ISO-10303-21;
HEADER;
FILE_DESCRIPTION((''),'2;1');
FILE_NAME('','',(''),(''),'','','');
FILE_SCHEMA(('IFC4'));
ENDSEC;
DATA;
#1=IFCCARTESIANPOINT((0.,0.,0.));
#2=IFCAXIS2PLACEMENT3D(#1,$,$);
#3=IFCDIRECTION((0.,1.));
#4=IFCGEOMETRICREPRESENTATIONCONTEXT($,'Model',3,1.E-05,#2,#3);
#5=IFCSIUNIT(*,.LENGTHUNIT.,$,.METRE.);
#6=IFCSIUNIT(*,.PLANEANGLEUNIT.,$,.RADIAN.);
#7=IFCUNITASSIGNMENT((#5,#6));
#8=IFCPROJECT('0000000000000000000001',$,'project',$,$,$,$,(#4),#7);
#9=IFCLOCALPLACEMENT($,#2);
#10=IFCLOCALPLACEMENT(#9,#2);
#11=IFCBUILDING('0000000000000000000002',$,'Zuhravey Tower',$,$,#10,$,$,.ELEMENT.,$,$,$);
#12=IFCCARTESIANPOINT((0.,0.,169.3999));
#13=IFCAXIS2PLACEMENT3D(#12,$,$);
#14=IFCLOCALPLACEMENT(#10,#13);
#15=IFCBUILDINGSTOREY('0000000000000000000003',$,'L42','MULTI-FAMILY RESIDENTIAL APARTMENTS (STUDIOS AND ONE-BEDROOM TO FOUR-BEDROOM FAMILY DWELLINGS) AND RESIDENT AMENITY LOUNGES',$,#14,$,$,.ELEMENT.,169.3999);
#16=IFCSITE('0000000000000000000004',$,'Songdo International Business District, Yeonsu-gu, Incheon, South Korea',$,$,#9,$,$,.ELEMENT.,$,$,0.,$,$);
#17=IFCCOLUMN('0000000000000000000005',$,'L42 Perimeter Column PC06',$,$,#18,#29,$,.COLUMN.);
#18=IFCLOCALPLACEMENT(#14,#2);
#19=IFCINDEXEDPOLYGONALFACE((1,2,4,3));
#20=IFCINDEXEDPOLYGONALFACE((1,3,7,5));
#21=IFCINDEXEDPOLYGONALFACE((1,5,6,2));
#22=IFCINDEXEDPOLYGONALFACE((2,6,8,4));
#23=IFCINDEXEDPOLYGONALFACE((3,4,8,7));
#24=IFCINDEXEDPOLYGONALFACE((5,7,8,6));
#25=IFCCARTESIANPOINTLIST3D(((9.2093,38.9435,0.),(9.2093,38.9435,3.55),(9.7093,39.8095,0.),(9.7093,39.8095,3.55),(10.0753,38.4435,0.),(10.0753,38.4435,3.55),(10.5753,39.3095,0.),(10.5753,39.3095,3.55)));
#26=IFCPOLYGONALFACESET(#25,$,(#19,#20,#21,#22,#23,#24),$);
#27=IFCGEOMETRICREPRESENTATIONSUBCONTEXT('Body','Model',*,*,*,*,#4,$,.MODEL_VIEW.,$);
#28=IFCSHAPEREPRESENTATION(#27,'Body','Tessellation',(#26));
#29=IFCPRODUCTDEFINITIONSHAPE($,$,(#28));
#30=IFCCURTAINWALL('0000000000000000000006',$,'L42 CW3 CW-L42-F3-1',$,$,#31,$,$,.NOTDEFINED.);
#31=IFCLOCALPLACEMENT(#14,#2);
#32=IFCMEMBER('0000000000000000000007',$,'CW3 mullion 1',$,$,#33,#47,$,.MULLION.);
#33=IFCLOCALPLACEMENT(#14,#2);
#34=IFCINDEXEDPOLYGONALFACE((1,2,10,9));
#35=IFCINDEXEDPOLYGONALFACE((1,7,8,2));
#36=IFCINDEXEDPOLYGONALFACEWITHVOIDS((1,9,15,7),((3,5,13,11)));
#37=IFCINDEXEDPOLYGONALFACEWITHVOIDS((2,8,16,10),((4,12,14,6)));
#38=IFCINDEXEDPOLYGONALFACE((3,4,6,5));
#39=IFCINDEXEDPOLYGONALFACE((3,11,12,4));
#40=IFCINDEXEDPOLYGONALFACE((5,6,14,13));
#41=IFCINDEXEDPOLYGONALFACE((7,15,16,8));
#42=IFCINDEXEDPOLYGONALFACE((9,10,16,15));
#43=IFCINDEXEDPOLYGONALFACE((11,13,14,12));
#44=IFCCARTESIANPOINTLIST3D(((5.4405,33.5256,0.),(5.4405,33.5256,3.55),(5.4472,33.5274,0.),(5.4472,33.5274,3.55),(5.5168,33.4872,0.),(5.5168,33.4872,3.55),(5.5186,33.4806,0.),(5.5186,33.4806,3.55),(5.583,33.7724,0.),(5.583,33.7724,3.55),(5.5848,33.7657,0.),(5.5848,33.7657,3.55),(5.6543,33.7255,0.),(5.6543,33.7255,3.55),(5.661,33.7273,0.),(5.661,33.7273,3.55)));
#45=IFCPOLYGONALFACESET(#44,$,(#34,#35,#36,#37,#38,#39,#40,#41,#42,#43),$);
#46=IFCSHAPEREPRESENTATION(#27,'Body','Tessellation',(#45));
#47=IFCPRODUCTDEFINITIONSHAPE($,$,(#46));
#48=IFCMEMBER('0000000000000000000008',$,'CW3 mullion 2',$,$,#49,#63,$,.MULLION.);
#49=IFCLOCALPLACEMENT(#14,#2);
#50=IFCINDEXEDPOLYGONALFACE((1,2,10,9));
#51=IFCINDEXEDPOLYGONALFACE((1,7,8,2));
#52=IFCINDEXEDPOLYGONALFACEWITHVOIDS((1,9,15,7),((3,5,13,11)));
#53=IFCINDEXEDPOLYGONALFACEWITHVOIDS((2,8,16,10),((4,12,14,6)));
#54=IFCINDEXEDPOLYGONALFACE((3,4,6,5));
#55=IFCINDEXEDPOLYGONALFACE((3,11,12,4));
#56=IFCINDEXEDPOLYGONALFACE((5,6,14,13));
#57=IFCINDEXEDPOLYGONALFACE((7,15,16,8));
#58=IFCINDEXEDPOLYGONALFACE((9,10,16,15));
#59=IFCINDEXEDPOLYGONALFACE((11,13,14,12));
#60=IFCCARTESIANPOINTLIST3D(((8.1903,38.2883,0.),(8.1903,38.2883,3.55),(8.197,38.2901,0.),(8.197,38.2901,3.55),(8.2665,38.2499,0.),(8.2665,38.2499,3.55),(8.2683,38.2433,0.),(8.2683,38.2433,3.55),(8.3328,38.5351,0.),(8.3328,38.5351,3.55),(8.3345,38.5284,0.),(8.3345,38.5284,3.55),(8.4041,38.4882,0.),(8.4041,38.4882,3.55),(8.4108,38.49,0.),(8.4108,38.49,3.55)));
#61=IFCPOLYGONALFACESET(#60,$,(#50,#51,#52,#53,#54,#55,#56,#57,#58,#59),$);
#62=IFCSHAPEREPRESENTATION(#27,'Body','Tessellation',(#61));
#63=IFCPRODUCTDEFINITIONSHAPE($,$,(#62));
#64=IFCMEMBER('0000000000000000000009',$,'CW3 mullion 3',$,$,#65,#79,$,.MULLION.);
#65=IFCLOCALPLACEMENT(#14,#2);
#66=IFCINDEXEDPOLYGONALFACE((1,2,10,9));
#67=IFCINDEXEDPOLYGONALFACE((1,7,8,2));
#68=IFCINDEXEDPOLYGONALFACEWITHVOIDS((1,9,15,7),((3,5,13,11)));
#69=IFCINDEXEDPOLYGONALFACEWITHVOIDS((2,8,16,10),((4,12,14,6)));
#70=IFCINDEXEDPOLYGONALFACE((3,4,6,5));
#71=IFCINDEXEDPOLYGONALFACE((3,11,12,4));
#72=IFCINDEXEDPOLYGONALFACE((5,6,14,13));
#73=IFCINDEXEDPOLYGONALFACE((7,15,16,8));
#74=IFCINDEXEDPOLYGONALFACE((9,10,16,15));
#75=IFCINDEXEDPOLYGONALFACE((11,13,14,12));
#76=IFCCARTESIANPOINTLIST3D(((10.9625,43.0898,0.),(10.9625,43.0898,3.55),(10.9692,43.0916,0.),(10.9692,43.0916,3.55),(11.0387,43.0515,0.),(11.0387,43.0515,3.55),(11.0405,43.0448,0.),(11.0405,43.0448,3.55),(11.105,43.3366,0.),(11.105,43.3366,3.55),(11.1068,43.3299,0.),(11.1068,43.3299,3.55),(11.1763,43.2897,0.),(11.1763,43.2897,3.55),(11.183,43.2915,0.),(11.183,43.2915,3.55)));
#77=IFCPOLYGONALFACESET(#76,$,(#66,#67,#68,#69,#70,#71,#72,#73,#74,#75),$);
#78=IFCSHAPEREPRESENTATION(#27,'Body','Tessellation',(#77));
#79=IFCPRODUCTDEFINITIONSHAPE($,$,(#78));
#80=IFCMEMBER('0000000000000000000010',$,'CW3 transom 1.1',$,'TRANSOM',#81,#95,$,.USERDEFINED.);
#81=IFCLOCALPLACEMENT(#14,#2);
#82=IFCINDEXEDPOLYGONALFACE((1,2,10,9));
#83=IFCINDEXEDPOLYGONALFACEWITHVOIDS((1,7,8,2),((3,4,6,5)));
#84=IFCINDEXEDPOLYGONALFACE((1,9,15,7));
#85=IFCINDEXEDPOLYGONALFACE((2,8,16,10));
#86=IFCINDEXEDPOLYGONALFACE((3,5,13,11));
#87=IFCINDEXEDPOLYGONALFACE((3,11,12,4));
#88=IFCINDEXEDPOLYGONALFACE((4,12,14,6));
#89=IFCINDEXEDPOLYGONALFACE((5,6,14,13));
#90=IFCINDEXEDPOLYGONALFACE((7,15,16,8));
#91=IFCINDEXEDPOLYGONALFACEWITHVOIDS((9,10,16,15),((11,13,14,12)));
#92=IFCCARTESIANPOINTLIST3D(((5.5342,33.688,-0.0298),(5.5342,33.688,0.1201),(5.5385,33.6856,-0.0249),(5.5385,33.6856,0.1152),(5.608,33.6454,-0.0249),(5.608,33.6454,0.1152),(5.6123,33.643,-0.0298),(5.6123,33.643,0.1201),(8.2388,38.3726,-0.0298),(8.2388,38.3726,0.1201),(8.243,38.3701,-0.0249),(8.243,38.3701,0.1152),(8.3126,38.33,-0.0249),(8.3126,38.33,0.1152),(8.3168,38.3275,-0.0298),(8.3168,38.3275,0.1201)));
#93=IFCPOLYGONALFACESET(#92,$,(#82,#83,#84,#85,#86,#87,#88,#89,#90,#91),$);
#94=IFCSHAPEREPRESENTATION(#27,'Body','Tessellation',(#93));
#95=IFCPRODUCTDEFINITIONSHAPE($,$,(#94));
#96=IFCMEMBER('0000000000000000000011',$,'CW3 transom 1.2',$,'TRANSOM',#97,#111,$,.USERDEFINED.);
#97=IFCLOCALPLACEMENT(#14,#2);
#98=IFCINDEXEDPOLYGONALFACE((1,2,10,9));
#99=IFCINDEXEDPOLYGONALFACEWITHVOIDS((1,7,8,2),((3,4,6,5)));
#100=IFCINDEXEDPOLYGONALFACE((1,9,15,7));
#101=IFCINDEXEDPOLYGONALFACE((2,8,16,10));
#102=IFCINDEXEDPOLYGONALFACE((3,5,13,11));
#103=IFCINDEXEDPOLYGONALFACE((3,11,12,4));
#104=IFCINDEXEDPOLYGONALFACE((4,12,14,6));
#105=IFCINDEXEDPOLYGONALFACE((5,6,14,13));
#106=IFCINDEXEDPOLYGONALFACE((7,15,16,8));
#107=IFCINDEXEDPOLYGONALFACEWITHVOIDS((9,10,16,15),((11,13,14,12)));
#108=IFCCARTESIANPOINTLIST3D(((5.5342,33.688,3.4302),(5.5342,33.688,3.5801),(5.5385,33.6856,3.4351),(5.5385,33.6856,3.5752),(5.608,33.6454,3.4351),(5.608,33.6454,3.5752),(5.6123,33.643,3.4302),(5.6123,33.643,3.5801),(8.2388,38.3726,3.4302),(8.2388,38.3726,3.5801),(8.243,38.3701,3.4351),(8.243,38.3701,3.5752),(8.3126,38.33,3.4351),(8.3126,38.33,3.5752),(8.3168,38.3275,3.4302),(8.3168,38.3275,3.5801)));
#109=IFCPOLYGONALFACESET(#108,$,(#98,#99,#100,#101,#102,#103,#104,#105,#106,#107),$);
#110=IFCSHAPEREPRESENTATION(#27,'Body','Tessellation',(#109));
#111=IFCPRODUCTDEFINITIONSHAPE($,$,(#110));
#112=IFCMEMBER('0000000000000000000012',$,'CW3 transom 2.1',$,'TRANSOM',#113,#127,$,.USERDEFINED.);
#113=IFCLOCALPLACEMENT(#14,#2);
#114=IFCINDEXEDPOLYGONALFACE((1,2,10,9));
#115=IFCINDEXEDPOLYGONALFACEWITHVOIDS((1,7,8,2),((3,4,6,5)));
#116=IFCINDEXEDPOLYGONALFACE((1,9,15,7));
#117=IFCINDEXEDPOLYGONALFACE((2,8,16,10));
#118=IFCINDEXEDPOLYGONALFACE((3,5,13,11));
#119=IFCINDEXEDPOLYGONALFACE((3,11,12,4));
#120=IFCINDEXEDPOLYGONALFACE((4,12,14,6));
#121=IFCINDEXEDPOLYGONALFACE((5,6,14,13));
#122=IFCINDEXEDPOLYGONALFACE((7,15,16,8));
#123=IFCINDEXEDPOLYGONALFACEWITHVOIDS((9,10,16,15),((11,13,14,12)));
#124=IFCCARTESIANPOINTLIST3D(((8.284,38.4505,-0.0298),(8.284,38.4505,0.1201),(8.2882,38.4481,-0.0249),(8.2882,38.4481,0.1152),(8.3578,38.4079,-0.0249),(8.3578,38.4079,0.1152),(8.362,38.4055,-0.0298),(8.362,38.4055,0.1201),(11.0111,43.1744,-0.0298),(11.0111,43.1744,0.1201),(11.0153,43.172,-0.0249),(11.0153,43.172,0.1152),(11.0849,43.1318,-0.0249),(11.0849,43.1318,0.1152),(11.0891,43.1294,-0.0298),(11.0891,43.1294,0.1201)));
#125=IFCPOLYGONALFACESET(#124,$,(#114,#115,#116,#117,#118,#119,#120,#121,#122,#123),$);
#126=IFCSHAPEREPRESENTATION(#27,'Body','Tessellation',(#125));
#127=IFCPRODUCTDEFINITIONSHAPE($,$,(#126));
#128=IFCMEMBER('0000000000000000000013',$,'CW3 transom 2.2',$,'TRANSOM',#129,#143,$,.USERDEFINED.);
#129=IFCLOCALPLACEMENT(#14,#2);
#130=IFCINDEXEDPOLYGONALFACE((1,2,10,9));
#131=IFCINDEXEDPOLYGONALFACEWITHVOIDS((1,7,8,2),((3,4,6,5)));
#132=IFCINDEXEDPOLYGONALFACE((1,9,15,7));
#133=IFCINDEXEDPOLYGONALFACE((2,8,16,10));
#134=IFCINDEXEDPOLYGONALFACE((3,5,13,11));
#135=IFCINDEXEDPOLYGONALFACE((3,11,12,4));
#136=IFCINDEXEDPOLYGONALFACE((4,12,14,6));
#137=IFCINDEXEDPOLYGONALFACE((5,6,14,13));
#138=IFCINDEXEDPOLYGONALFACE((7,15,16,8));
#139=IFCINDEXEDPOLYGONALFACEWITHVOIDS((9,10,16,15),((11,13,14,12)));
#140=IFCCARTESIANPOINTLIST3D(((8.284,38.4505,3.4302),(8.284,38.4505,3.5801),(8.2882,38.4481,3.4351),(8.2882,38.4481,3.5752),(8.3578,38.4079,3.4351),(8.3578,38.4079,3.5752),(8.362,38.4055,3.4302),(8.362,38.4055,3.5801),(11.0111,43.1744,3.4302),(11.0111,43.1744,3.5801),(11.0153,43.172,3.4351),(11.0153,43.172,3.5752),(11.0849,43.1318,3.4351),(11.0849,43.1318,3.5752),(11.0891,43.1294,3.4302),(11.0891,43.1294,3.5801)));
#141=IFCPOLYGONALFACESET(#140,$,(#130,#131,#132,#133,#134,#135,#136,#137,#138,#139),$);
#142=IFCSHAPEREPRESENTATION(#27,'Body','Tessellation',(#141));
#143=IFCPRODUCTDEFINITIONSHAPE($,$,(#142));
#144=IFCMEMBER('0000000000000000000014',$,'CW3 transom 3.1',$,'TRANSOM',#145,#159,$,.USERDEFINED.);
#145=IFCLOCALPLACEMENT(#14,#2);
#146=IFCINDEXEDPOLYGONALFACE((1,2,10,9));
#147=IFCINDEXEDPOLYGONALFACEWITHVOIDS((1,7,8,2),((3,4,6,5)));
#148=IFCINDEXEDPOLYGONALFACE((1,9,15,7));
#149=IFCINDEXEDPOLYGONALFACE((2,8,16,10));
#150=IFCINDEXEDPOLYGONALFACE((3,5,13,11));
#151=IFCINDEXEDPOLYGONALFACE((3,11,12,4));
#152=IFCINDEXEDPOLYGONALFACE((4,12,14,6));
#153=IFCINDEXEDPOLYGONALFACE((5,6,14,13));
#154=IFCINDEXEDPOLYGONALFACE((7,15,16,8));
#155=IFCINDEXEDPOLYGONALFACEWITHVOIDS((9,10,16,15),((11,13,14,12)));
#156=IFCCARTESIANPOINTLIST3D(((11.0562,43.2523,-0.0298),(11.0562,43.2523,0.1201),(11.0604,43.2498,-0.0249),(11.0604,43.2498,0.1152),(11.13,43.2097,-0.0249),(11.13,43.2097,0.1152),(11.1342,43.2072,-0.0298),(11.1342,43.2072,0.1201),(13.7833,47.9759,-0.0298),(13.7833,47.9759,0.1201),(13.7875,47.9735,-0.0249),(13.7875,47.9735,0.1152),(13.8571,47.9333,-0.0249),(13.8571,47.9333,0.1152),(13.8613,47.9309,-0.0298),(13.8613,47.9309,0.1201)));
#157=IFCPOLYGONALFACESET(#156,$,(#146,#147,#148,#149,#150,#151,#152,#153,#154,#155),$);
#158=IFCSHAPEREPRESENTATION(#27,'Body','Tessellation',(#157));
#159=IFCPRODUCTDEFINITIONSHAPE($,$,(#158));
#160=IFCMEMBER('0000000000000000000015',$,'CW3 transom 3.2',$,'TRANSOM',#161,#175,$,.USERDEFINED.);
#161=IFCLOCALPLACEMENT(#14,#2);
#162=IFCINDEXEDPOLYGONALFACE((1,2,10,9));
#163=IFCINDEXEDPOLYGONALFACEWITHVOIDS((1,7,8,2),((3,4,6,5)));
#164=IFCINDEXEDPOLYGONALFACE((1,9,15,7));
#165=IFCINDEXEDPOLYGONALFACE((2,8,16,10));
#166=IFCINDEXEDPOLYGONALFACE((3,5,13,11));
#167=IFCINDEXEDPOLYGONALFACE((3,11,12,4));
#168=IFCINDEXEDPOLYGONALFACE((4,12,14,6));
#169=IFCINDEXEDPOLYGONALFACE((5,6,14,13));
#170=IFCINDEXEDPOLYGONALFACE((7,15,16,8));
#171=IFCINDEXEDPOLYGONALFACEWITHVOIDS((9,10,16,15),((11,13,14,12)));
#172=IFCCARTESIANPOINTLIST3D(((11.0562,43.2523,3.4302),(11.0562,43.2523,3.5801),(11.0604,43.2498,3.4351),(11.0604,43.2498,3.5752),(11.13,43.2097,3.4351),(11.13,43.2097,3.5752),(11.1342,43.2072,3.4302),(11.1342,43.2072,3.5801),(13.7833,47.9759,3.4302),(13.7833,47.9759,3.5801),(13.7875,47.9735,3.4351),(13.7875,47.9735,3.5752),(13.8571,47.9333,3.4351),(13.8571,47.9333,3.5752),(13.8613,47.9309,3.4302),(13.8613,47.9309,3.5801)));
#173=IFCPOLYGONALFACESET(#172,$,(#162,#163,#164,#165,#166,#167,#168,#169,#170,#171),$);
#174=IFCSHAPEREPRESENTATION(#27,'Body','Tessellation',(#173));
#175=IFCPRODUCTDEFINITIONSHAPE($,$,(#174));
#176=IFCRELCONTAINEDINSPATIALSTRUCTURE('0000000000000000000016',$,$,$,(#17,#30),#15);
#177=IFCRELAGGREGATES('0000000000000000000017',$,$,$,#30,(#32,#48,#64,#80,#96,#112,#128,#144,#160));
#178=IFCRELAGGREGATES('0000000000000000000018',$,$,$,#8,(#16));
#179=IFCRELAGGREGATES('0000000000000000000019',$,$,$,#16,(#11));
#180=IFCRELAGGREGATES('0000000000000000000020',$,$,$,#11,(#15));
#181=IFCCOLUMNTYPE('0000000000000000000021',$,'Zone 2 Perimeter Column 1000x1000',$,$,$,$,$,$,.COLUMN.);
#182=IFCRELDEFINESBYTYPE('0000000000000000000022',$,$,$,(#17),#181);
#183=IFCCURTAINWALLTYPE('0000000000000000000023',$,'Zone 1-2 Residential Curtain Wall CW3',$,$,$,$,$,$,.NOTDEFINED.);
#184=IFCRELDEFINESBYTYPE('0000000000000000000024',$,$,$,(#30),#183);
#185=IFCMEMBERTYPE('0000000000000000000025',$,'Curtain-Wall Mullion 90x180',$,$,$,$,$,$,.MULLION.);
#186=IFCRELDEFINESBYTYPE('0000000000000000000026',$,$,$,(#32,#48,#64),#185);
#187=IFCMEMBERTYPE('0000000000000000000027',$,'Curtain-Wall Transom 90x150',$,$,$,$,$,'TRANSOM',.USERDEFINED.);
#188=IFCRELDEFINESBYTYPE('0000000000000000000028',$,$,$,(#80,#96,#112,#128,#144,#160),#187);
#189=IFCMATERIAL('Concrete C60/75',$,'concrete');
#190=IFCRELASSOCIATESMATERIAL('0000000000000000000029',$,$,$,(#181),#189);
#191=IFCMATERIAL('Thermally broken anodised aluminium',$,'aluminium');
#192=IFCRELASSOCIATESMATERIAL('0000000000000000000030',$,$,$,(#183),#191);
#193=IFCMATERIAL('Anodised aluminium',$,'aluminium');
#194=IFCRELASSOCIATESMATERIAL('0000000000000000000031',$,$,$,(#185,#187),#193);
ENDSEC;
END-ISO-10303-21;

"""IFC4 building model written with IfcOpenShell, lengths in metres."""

from ifc_helpers import new_model, si_unit, direction, frame, origin, origin_2d, place, context, subcontext, project, spatial, rectangle, hollow_rectangle, extrude, material, material_profile, profile_set, type_object, element, aggregate, save


model = new_model("IFC4")

# Units and contexts
model_context = context("Model", 3, precision=1e-05, world=origin(), true_north=direction((0.0, 1.0)))
body_context = subcontext(model_context, "Body", "Model", "MODEL_VIEW")
ifc_project = project(units=[si_unit("LENGTHUNIT", "METRE"), si_unit("PLANEANGLEUNIT", "RADIAN")], contexts=[model_context])

# Site, building, storey
site_placement = place(None, origin())
site = spatial("IfcSite", under=ifc_project, at=site_placement, Name="Songdo International Business District, Yeonsu-gu, Incheon, South Korea", CompositionType="ELEMENT", RefElevation=0.0)
building_placement = place(site_placement, origin())
building = spatial("IfcBuilding", under=site, at=building_placement, Name="Zuhravey Tower", CompositionType="ELEMENT")
storey_placement = place(building_placement, frame((0.0, 0.0, 169.3999)))
storey = spatial("IfcBuildingStorey", under=building, at=storey_placement, Name="L42", Description="MULTI-FAMILY RESIDENTIAL APARTMENTS (STUDIOS AND ONE-BEDROOM TO FOUR-BEDROOM FAMILY DWELLINGS) AND RESIDENT AMENITY LOUNGES", CompositionType="ELEMENT", Elevation=169.3999)

# Column
ifc_material_1 = material(Name="Concrete C60/75", Category="concrete")
ifc_material_profile_1 = material_profile(ifc_material_1, rectangle(XDim=1.0, YDim=1.0, at=origin_2d()), Name="RC-1000x1000")
ifc_profile_set_1 = profile_set([ifc_material_profile_1], Name="Concrete C60/75")
column_type = type_object("IfcColumnType", Name="Zone 2 Perimeter Column 1000x1000", PredefinedType="COLUMN", material=ifc_profile_set_1)
column_placement = place(storey_placement, frame((9.8923, 39.1265, 0.0), z_axis=(0.0, 0.0, 1.0), x_axis=(-0.5, -0.866025, 0.0)))
element("IfcColumn", 1, at=column_placement, inside=storey, type_object=column_type, Name="L42 Perimeter Column PC06", PredefinedType="COLUMN", context=body_context, shape_type="SweptSolid", body=[
    extrude(rectangle(XDim=1.0, YDim=1.0, at=origin_2d()), origin(), (0.0, 0.0, 1.0), 3.55),
])

# Curtain wall, members
ifc_material_2 = material(Name="Thermally broken anodised aluminium", Category="aluminium")
curtain_wall_type = type_object("IfcCurtainWallType", Name="Zone 1-2 Residential Curtain Wall CW3", PredefinedType="NOTDEFINED", material=ifc_material_2)
curtain_wall_placement = place(storey_placement, origin())
curtain_wall = element("IfcCurtainWall", 2, at=curtain_wall_placement, inside=storey, type_object=curtain_wall_type, Name="L42 CW3 CW-L42-F3-1", PredefinedType="NOTDEFINED")
ifc_material_3 = material(Name="Anodised aluminium", Category="aluminium")
ifc_material_profile_2 = material_profile(ifc_material_3, hollow_rectangle(XDim=0.0901, YDim=0.2849, WallThickness=0.0049, at=origin_2d()), Name="ALU-RHS-90x285x5")
ifc_profile_set_2 = profile_set([ifc_material_profile_2], Name="Anodised aluminium")
member_type_1 = type_object("IfcMemberType", Name="Curtain-Wall Mullion 90x180", PredefinedType="MULLION", material=ifc_profile_set_2)
member_1_placement = place(storey_placement, frame((5.5508, 33.6265, 0.0), z_axis=(0.0, 0.0, 1.0), x_axis=(-0.866025, 0.5, 0.0)))
member_1 = element("IfcMember", 3, at=member_1_placement, type_object=member_type_1, Name="CW3 mullion 1", PredefinedType="MULLION", context=body_context, shape_type="SweptSolid", body=[
    extrude(hollow_rectangle(XDim=0.0901, YDim=0.2849, WallThickness=0.0049, at=origin_2d()), origin(), (0.0, 0.0, 1.0), 3.55),
])
member_2_placement = place(storey_placement, frame((8.3005, 38.3892, 0.0), z_axis=(0.0, 0.0, 1.0), x_axis=(-0.866025, 0.5, 0.0)))
member_2 = element("IfcMember", 4, at=member_2_placement, type_object=member_type_1, Name="CW3 mullion 2", PredefinedType="MULLION", context=body_context, shape_type="SweptSolid", body=[
    extrude(hollow_rectangle(XDim=0.0901, YDim=0.2849, WallThickness=0.0049, at=origin_2d()), origin(), (0.0, 0.0, 1.0), 3.55),
])
member_3_placement = place(storey_placement, frame((11.0728, 43.1907, 0.0), z_axis=(0.0, 0.0, 1.0), x_axis=(-0.866025, 0.5, 0.0)))
member_3 = element("IfcMember", 5, at=member_3_placement, type_object=member_type_1, Name="CW3 mullion 3", PredefinedType="MULLION", context=body_context, shape_type="SweptSolid", body=[
    extrude(hollow_rectangle(XDim=0.0901, YDim=0.2849, WallThickness=0.0049, at=origin_2d()), origin(), (0.0, 0.0, 1.0), 3.55),
])
ifc_material_profile_3 = material_profile(ifc_material_3, hollow_rectangle(XDim=0.0901, YDim=0.1499, WallThickness=0.0049, at=origin_2d()), Name="ALU-RHS-90x150x5")
ifc_profile_set_3 = profile_set([ifc_material_profile_3], Name="Anodised aluminium")
member_type_2 = type_object("IfcMemberType", Name="Curtain-Wall Transom 90x150", ElementType="TRANSOM", PredefinedType="USERDEFINED", material=ifc_profile_set_3)
member_4_placement = place(storey_placement, frame((5.5732, 33.6655, 0.0452), z_axis=(0.499993, 0.866029, 0.0), x_axis=(-0.866029, 0.499993, 0.0)))
member_4 = element("IfcMember", 6, at=member_4_placement, type_object=member_type_2, Name="CW3 transom 1.1", ObjectType="TRANSOM", PredefinedType="USERDEFINED", context=body_context, shape_type="SweptSolid", body=[
    extrude(hollow_rectangle(XDim=0.0901, YDim=0.1499, WallThickness=0.0049, at=origin_2d()), origin(), (0.0, 0.0, 1.0), 5.4092),
])
member_5_placement = place(storey_placement, frame((5.5732, 33.6655, 3.5051), z_axis=(0.499993, 0.866029, 0.0), x_axis=(-0.866029, 0.499993, 0.0)))
member_5 = element("IfcMember", 7, at=member_5_placement, type_object=member_type_2, Name="CW3 transom 1.2", ObjectType="TRANSOM", PredefinedType="USERDEFINED", context=body_context, shape_type="SweptSolid", body=[
    extrude(hollow_rectangle(XDim=0.0901, YDim=0.1499, WallThickness=0.0049, at=origin_2d()), origin(), (0.0, 0.0, 1.0), 5.4092),
])
member_6_placement = place(storey_placement, frame((8.323, 38.428, 0.0452), z_axis=(0.499961, 0.866048, 0.0), x_axis=(-0.866048, 0.499961, 0.0)))
member_6 = element("IfcMember", 8, at=member_6_placement, type_object=member_type_2, Name="CW3 transom 2.1", ObjectType="TRANSOM", PredefinedType="USERDEFINED", context=body_context, shape_type="SweptSolid", body=[
    extrude(hollow_rectangle(XDim=0.0901, YDim=0.1499, WallThickness=0.0049, at=origin_2d()), origin(), (0.0, 0.0, 1.0), 5.4546),
])
member_7_placement = place(storey_placement, frame((8.323, 38.428, 3.5051), z_axis=(0.499961, 0.866048, 0.0), x_axis=(-0.866048, 0.499961, 0.0)))
member_7 = element("IfcMember", 9, at=member_7_placement, type_object=member_type_2, Name="CW3 transom 2.2", ObjectType="TRANSOM", PredefinedType="USERDEFINED", context=body_context, shape_type="SweptSolid", body=[
    extrude(hollow_rectangle(XDim=0.0901, YDim=0.1499, WallThickness=0.0049, at=origin_2d()), origin(), (0.0, 0.0, 1.0), 5.4546),
])
member_8_placement = place(storey_placement, frame((11.0952, 43.2297, 0.0452), z_axis=(0.499981, 0.866037, 0.0), x_axis=(-0.866037, 0.499981, 0.0)))
member_8 = element("IfcMember", 10, at=member_8_placement, type_object=member_type_2, Name="CW3 transom 3.1", ObjectType="TRANSOM", PredefinedType="USERDEFINED", context=body_context, shape_type="SweptSolid", body=[
    extrude(hollow_rectangle(XDim=0.0901, YDim=0.1499, WallThickness=0.0049, at=origin_2d()), origin(), (0.0, 0.0, 1.0), 5.4543),
])
member_9_placement = place(storey_placement, frame((11.0952, 43.2297, 3.5051), z_axis=(0.499981, 0.866037, 0.0), x_axis=(-0.866037, 0.499981, 0.0)))
member_9 = element("IfcMember", 11, at=member_9_placement, type_object=member_type_2, Name="CW3 transom 3.2", ObjectType="TRANSOM", PredefinedType="USERDEFINED", context=body_context, shape_type="SweptSolid", body=[
    extrude(hollow_rectangle(XDim=0.0901, YDim=0.1499, WallThickness=0.0049, at=origin_2d()), origin(), (0.0, 0.0, 1.0), 5.4543),
])

aggregate(curtain_wall, [member_1, member_2, member_3, member_4, member_5, member_6, member_7, member_8, member_9])

save(model, "model.ifc")
